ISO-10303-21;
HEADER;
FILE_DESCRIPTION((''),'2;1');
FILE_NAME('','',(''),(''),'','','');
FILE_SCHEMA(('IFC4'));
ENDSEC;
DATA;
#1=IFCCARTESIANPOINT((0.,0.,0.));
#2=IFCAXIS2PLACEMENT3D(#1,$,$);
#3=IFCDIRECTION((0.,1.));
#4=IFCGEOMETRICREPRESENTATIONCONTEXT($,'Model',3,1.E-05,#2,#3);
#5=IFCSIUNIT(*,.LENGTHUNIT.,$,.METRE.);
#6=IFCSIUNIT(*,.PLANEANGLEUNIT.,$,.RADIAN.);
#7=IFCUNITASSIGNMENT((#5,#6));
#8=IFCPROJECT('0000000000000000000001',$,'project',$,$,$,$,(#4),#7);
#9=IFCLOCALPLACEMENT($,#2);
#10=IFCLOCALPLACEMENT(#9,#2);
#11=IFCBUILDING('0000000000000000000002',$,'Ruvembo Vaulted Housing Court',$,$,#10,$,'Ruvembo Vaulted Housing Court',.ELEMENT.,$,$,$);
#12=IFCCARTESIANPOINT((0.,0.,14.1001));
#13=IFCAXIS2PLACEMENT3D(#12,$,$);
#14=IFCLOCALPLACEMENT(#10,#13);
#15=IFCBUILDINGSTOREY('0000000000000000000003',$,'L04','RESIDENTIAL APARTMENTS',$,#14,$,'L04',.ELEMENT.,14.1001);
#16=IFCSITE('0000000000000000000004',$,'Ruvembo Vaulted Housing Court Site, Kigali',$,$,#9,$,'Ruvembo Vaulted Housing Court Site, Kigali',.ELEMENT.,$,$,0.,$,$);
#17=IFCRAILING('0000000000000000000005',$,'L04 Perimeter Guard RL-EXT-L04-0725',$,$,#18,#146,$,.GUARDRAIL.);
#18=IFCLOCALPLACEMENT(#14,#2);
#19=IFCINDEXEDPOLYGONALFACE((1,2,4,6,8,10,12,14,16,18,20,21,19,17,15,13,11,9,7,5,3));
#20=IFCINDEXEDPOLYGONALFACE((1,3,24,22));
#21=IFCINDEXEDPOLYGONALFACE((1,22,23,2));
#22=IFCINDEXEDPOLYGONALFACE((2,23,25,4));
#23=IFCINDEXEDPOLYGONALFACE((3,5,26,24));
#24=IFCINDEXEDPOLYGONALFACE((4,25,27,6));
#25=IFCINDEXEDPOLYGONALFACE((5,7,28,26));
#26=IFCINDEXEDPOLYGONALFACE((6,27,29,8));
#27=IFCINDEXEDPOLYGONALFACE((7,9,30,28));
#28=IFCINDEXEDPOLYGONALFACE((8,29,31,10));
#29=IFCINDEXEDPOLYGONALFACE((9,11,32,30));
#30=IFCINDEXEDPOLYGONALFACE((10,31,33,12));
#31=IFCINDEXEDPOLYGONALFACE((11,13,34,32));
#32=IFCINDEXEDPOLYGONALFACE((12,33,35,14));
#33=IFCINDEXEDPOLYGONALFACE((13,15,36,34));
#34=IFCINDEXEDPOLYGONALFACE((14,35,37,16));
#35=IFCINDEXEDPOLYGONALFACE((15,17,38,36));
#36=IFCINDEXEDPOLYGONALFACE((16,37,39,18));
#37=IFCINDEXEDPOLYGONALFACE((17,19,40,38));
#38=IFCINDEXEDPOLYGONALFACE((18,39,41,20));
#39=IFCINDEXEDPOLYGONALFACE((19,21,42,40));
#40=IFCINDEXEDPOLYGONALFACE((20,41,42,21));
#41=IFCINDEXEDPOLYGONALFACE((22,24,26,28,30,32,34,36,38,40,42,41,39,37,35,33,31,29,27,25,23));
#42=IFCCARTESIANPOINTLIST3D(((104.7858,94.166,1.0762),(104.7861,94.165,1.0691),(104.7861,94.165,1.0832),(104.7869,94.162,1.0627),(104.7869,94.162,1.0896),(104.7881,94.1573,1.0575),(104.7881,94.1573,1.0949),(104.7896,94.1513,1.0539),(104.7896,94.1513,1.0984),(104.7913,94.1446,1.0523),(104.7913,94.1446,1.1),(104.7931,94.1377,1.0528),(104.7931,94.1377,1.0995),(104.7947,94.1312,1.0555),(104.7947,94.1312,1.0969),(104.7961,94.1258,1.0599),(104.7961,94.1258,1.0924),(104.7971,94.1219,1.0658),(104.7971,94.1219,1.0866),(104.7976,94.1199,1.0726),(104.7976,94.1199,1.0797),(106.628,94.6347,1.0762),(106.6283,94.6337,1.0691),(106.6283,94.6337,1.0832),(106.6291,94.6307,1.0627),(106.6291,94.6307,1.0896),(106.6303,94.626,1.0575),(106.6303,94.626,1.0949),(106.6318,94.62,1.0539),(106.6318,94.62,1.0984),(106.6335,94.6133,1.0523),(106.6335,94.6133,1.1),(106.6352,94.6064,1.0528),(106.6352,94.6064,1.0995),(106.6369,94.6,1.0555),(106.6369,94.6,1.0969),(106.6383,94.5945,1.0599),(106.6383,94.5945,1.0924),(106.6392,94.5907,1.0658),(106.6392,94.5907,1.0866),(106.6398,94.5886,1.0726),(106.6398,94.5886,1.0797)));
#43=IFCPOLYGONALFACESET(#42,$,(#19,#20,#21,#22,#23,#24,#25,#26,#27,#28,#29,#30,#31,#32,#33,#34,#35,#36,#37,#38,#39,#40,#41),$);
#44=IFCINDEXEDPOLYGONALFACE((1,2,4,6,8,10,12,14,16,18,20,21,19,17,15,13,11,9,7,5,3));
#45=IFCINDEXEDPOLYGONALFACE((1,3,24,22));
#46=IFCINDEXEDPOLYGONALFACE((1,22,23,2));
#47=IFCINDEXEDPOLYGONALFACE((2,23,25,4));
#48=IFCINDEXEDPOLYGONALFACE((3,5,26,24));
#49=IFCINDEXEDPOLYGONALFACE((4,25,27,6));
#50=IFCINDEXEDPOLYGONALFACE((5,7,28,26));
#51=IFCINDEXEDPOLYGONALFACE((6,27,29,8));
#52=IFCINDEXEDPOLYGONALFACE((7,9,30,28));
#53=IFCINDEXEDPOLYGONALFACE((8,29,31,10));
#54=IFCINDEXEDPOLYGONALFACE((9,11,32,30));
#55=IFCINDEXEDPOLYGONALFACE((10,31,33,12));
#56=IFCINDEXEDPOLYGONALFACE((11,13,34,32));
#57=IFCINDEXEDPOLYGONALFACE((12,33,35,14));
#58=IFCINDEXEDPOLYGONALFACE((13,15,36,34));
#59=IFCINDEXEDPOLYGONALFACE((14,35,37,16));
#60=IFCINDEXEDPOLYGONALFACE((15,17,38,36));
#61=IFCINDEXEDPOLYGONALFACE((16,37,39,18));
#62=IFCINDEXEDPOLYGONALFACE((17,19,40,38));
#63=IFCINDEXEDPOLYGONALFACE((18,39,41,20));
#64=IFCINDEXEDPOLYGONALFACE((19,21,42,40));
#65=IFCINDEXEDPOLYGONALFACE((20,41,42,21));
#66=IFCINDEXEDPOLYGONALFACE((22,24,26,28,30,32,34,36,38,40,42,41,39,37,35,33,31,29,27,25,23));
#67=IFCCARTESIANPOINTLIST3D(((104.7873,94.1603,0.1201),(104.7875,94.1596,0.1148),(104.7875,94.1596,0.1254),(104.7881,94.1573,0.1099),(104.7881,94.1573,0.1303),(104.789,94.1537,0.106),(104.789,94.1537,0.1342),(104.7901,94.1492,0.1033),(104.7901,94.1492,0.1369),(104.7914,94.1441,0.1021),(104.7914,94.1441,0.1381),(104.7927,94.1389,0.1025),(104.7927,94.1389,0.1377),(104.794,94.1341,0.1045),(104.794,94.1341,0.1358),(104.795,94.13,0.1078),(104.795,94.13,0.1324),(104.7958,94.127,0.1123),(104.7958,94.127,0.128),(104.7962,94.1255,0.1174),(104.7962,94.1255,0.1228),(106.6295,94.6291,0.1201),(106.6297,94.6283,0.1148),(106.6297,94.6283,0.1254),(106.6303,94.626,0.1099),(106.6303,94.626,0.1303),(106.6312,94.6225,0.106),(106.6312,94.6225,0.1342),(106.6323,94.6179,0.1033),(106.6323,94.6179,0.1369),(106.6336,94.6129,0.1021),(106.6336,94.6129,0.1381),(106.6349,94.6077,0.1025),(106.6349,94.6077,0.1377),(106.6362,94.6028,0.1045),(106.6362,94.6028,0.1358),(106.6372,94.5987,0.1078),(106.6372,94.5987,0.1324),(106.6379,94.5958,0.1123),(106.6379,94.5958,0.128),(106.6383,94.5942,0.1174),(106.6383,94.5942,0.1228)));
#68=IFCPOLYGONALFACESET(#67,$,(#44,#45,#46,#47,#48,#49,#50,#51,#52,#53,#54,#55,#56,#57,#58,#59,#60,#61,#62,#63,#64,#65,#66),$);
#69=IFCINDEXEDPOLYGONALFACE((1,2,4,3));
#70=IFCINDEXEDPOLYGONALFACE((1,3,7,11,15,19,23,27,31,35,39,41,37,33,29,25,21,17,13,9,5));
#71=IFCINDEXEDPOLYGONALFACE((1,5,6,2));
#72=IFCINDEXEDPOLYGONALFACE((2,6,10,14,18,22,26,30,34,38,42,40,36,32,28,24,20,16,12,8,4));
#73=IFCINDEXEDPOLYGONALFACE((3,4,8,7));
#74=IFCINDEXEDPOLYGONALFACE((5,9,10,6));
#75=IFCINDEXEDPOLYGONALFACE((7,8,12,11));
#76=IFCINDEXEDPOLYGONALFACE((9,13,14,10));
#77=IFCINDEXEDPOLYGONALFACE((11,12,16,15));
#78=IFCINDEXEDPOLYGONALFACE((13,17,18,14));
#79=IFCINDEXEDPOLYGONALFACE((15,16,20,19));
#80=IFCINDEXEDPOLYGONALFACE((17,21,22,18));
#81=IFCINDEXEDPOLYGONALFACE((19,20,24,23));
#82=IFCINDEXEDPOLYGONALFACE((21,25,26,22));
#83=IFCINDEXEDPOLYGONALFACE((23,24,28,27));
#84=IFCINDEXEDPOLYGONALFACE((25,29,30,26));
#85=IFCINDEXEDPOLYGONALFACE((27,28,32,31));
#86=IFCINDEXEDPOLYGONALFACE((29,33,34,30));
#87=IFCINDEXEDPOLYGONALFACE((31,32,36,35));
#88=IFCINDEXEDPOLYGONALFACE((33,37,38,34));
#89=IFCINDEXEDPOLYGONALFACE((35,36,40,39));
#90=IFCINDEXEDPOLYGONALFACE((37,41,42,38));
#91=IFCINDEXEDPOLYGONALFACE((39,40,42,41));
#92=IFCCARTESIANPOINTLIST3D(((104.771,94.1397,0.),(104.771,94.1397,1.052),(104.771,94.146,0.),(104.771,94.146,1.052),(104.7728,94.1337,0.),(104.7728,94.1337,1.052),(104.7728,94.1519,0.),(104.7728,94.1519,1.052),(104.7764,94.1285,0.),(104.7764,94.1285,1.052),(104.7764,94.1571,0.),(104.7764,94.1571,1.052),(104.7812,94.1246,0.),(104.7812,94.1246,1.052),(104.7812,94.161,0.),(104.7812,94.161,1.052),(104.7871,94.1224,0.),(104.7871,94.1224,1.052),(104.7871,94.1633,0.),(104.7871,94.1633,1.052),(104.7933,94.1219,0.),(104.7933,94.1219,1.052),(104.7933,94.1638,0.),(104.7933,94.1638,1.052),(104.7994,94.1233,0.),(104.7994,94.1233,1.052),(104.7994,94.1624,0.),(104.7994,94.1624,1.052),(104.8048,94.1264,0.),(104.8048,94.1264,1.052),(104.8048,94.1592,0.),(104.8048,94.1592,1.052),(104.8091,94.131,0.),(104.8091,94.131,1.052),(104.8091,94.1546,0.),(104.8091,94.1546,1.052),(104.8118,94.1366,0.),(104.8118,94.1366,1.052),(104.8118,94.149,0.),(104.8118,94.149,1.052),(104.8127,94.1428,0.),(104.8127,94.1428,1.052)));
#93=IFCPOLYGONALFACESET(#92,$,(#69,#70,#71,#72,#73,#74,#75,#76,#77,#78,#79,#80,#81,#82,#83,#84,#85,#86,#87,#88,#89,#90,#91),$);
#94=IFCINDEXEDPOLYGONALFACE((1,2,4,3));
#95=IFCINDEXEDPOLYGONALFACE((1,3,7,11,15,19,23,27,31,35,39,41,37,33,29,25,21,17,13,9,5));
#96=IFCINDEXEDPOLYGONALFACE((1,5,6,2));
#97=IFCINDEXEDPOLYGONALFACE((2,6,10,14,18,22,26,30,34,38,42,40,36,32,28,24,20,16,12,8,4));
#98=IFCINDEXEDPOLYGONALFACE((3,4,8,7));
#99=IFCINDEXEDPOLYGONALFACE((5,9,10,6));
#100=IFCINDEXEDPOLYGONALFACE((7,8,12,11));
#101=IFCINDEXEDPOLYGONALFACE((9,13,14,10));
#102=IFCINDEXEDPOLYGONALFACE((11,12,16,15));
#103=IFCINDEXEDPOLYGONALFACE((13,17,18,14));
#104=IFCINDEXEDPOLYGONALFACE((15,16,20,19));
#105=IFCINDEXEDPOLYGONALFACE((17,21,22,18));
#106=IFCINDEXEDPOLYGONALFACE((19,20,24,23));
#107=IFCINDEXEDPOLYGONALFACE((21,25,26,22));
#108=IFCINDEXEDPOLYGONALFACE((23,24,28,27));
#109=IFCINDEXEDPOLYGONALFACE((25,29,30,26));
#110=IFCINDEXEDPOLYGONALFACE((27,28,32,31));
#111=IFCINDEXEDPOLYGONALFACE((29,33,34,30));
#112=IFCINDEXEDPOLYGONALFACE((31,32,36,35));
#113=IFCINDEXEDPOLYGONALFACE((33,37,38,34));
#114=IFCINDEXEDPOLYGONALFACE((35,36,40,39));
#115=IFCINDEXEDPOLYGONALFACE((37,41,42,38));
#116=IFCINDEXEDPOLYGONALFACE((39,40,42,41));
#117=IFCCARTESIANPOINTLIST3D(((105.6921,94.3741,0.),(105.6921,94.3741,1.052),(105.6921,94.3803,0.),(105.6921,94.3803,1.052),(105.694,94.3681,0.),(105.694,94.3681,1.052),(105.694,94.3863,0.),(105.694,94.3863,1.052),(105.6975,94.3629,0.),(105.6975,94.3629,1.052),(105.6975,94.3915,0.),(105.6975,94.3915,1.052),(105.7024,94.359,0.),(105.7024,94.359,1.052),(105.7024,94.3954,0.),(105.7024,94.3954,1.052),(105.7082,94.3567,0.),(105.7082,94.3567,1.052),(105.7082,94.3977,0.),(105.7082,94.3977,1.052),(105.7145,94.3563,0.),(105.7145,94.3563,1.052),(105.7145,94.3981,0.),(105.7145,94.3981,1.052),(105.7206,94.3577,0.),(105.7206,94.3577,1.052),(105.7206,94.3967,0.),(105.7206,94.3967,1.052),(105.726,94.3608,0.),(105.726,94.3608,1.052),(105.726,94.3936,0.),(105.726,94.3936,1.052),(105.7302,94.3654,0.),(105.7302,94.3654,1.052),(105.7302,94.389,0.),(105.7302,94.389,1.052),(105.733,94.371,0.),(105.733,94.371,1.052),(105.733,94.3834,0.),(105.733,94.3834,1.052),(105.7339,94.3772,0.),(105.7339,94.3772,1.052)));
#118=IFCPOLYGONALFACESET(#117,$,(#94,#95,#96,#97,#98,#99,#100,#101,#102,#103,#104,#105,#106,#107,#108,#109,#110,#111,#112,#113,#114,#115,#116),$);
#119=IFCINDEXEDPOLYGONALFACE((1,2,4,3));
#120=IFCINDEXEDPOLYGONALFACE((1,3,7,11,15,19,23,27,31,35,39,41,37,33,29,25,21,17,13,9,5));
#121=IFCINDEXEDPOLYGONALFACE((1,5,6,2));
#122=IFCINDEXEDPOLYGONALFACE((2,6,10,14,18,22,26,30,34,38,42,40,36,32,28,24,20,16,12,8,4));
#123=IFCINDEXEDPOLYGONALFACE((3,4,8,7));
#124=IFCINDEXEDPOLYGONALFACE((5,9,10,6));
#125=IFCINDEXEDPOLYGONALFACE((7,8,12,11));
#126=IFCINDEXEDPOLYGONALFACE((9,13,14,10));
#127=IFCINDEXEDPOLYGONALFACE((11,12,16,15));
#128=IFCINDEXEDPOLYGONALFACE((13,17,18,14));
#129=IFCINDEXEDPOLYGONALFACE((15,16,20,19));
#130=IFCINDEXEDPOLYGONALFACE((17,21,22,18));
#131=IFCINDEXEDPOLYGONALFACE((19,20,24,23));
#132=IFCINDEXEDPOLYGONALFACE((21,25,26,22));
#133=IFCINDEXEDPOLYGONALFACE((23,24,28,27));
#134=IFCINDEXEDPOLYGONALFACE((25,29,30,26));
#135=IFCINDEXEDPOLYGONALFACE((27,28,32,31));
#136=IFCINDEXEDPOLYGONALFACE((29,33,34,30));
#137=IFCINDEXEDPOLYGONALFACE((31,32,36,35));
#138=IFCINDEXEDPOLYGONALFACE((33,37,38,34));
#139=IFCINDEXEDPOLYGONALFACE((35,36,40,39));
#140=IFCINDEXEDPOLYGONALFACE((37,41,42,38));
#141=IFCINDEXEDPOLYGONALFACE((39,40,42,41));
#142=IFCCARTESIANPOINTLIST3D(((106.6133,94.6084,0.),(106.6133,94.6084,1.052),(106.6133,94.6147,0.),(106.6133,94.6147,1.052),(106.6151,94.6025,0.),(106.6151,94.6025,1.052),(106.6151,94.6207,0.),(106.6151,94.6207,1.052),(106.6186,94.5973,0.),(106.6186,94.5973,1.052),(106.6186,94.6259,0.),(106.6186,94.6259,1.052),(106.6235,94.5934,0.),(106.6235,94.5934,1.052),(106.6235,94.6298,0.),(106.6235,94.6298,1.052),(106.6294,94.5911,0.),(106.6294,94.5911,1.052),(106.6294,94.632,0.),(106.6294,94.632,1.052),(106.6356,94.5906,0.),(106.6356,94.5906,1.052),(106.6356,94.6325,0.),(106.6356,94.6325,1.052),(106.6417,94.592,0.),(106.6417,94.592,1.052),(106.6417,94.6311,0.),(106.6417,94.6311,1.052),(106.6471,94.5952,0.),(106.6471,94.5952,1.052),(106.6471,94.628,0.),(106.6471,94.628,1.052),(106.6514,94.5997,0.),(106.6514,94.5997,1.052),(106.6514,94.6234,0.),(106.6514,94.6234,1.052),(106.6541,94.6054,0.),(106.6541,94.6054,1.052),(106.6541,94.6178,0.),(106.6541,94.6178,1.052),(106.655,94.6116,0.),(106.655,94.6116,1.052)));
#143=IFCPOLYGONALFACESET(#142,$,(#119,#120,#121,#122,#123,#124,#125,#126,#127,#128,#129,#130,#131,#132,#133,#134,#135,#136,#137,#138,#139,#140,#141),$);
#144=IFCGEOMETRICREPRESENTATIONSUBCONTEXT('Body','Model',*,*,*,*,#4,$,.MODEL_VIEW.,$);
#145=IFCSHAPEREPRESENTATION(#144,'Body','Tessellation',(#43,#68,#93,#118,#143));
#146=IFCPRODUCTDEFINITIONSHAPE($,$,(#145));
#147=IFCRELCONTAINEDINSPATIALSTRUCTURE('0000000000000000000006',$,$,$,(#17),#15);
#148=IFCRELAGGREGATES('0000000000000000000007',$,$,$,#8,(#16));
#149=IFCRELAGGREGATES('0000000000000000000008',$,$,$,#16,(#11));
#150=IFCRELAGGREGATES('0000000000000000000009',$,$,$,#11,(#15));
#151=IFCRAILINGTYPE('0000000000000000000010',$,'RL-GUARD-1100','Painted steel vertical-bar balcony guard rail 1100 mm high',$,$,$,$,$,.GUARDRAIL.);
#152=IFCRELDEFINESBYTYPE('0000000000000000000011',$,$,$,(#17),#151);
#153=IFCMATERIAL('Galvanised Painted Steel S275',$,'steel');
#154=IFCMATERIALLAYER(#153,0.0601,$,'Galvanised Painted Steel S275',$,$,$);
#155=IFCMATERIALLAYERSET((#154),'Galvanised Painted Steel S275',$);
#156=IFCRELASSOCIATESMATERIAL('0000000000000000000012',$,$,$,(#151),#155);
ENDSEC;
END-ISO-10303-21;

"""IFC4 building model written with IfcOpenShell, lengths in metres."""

from ifc_helpers import new_model, si_unit, direction, frame, origin, origin_2d, place, context, subcontext, project, spatial, circle, extrude, material, layer, layer_set, type_object, element, save


model = new_model("IFC4")

# Units and contexts
model_context = context("Model", 3, precision=1e-05, world=origin(), true_north=direction((0.0, 1.0)))
body_context = subcontext(model_context, "Body", "Model", "MODEL_VIEW")
ifc_project = project(units=[si_unit("LENGTHUNIT", "METRE"), si_unit("PLANEANGLEUNIT", "RADIAN")], contexts=[model_context])

# Site, building, storey
site_placement = place(None, origin())
site = spatial("IfcSite", under=ifc_project, at=site_placement, Name="Ruvembo Vaulted Housing Court Site, Kigali", LongName="Ruvembo Vaulted Housing Court Site, Kigali", CompositionType="ELEMENT", RefElevation=0.0)
building_placement = place(site_placement, origin())
building = spatial("IfcBuilding", under=site, at=building_placement, Name="Ruvembo Vaulted Housing Court", LongName="Ruvembo Vaulted Housing Court", CompositionType="ELEMENT")
storey_placement = place(building_placement, frame((0.0, 0.0, 14.1001)))
storey = spatial("IfcBuildingStorey", under=building, at=storey_placement, Name="L04", Description="RESIDENTIAL APARTMENTS", LongName="L04", CompositionType="ELEMENT", Elevation=14.1001)

# Railing
ifc_material_1 = material(Name="Galvanised Painted Steel S275", Category="steel")
ifc_layer = layer(ifc_material_1, 0.0601, Name="Galvanised Painted Steel S275")
ifc_layer_set = layer_set([ifc_layer], Name="Galvanised Painted Steel S275")
railing_type = type_object("IfcRailingType", Name="RL-GUARD-1100", Description="Painted steel vertical-bar balcony guard rail 1100 mm high", PredefinedType="GUARDRAIL", material=ifc_layer_set)
railing_1_placement = place(storey_placement, frame((104.7917, 94.1428, 0.0)))
element("IfcRailing", 1, at=railing_1_placement, inside=storey, type_object=railing_type, Name="L04 Perimeter Guard RL-EXT-L04-0725", PredefinedType="GUARDRAIL", context=body_context, shape_type="SweptSolid", body=[
    extrude(circle(Radius=0.0239, at=origin_2d()), frame((0.0, 0.0, 1.0762), z_axis=(0.969122, 0.246583, 0.0), x_axis=(-0.246583, 0.969122, 0.0)), (0.0, 0.0, 1.0), 1.9009),
    extrude(circle(Radius=0.0181, at=origin_2d()), frame((0.0, 0.0, 0.1201), z_axis=(0.969122, 0.246583, 0.0), x_axis=(-0.246583, 0.969122, 0.0)), (0.0, 0.0, 1.0), 1.9009),
    extrude(circle(Radius=0.021, at=origin_2d()), origin(), (0.0, 0.0, 1.0), 1.052),
    extrude(circle(Radius=0.021, at=origin_2d()), frame((0.9211, 0.2344, 0.0)), (0.0, 0.0, 1.0), 1.052),
    extrude(circle(Radius=0.021, at=origin_2d()), frame((1.8423, 0.4688, 0.0)), (0.0, 0.0, 1.0), 1.052),
])

save(model, "model.ifc")
